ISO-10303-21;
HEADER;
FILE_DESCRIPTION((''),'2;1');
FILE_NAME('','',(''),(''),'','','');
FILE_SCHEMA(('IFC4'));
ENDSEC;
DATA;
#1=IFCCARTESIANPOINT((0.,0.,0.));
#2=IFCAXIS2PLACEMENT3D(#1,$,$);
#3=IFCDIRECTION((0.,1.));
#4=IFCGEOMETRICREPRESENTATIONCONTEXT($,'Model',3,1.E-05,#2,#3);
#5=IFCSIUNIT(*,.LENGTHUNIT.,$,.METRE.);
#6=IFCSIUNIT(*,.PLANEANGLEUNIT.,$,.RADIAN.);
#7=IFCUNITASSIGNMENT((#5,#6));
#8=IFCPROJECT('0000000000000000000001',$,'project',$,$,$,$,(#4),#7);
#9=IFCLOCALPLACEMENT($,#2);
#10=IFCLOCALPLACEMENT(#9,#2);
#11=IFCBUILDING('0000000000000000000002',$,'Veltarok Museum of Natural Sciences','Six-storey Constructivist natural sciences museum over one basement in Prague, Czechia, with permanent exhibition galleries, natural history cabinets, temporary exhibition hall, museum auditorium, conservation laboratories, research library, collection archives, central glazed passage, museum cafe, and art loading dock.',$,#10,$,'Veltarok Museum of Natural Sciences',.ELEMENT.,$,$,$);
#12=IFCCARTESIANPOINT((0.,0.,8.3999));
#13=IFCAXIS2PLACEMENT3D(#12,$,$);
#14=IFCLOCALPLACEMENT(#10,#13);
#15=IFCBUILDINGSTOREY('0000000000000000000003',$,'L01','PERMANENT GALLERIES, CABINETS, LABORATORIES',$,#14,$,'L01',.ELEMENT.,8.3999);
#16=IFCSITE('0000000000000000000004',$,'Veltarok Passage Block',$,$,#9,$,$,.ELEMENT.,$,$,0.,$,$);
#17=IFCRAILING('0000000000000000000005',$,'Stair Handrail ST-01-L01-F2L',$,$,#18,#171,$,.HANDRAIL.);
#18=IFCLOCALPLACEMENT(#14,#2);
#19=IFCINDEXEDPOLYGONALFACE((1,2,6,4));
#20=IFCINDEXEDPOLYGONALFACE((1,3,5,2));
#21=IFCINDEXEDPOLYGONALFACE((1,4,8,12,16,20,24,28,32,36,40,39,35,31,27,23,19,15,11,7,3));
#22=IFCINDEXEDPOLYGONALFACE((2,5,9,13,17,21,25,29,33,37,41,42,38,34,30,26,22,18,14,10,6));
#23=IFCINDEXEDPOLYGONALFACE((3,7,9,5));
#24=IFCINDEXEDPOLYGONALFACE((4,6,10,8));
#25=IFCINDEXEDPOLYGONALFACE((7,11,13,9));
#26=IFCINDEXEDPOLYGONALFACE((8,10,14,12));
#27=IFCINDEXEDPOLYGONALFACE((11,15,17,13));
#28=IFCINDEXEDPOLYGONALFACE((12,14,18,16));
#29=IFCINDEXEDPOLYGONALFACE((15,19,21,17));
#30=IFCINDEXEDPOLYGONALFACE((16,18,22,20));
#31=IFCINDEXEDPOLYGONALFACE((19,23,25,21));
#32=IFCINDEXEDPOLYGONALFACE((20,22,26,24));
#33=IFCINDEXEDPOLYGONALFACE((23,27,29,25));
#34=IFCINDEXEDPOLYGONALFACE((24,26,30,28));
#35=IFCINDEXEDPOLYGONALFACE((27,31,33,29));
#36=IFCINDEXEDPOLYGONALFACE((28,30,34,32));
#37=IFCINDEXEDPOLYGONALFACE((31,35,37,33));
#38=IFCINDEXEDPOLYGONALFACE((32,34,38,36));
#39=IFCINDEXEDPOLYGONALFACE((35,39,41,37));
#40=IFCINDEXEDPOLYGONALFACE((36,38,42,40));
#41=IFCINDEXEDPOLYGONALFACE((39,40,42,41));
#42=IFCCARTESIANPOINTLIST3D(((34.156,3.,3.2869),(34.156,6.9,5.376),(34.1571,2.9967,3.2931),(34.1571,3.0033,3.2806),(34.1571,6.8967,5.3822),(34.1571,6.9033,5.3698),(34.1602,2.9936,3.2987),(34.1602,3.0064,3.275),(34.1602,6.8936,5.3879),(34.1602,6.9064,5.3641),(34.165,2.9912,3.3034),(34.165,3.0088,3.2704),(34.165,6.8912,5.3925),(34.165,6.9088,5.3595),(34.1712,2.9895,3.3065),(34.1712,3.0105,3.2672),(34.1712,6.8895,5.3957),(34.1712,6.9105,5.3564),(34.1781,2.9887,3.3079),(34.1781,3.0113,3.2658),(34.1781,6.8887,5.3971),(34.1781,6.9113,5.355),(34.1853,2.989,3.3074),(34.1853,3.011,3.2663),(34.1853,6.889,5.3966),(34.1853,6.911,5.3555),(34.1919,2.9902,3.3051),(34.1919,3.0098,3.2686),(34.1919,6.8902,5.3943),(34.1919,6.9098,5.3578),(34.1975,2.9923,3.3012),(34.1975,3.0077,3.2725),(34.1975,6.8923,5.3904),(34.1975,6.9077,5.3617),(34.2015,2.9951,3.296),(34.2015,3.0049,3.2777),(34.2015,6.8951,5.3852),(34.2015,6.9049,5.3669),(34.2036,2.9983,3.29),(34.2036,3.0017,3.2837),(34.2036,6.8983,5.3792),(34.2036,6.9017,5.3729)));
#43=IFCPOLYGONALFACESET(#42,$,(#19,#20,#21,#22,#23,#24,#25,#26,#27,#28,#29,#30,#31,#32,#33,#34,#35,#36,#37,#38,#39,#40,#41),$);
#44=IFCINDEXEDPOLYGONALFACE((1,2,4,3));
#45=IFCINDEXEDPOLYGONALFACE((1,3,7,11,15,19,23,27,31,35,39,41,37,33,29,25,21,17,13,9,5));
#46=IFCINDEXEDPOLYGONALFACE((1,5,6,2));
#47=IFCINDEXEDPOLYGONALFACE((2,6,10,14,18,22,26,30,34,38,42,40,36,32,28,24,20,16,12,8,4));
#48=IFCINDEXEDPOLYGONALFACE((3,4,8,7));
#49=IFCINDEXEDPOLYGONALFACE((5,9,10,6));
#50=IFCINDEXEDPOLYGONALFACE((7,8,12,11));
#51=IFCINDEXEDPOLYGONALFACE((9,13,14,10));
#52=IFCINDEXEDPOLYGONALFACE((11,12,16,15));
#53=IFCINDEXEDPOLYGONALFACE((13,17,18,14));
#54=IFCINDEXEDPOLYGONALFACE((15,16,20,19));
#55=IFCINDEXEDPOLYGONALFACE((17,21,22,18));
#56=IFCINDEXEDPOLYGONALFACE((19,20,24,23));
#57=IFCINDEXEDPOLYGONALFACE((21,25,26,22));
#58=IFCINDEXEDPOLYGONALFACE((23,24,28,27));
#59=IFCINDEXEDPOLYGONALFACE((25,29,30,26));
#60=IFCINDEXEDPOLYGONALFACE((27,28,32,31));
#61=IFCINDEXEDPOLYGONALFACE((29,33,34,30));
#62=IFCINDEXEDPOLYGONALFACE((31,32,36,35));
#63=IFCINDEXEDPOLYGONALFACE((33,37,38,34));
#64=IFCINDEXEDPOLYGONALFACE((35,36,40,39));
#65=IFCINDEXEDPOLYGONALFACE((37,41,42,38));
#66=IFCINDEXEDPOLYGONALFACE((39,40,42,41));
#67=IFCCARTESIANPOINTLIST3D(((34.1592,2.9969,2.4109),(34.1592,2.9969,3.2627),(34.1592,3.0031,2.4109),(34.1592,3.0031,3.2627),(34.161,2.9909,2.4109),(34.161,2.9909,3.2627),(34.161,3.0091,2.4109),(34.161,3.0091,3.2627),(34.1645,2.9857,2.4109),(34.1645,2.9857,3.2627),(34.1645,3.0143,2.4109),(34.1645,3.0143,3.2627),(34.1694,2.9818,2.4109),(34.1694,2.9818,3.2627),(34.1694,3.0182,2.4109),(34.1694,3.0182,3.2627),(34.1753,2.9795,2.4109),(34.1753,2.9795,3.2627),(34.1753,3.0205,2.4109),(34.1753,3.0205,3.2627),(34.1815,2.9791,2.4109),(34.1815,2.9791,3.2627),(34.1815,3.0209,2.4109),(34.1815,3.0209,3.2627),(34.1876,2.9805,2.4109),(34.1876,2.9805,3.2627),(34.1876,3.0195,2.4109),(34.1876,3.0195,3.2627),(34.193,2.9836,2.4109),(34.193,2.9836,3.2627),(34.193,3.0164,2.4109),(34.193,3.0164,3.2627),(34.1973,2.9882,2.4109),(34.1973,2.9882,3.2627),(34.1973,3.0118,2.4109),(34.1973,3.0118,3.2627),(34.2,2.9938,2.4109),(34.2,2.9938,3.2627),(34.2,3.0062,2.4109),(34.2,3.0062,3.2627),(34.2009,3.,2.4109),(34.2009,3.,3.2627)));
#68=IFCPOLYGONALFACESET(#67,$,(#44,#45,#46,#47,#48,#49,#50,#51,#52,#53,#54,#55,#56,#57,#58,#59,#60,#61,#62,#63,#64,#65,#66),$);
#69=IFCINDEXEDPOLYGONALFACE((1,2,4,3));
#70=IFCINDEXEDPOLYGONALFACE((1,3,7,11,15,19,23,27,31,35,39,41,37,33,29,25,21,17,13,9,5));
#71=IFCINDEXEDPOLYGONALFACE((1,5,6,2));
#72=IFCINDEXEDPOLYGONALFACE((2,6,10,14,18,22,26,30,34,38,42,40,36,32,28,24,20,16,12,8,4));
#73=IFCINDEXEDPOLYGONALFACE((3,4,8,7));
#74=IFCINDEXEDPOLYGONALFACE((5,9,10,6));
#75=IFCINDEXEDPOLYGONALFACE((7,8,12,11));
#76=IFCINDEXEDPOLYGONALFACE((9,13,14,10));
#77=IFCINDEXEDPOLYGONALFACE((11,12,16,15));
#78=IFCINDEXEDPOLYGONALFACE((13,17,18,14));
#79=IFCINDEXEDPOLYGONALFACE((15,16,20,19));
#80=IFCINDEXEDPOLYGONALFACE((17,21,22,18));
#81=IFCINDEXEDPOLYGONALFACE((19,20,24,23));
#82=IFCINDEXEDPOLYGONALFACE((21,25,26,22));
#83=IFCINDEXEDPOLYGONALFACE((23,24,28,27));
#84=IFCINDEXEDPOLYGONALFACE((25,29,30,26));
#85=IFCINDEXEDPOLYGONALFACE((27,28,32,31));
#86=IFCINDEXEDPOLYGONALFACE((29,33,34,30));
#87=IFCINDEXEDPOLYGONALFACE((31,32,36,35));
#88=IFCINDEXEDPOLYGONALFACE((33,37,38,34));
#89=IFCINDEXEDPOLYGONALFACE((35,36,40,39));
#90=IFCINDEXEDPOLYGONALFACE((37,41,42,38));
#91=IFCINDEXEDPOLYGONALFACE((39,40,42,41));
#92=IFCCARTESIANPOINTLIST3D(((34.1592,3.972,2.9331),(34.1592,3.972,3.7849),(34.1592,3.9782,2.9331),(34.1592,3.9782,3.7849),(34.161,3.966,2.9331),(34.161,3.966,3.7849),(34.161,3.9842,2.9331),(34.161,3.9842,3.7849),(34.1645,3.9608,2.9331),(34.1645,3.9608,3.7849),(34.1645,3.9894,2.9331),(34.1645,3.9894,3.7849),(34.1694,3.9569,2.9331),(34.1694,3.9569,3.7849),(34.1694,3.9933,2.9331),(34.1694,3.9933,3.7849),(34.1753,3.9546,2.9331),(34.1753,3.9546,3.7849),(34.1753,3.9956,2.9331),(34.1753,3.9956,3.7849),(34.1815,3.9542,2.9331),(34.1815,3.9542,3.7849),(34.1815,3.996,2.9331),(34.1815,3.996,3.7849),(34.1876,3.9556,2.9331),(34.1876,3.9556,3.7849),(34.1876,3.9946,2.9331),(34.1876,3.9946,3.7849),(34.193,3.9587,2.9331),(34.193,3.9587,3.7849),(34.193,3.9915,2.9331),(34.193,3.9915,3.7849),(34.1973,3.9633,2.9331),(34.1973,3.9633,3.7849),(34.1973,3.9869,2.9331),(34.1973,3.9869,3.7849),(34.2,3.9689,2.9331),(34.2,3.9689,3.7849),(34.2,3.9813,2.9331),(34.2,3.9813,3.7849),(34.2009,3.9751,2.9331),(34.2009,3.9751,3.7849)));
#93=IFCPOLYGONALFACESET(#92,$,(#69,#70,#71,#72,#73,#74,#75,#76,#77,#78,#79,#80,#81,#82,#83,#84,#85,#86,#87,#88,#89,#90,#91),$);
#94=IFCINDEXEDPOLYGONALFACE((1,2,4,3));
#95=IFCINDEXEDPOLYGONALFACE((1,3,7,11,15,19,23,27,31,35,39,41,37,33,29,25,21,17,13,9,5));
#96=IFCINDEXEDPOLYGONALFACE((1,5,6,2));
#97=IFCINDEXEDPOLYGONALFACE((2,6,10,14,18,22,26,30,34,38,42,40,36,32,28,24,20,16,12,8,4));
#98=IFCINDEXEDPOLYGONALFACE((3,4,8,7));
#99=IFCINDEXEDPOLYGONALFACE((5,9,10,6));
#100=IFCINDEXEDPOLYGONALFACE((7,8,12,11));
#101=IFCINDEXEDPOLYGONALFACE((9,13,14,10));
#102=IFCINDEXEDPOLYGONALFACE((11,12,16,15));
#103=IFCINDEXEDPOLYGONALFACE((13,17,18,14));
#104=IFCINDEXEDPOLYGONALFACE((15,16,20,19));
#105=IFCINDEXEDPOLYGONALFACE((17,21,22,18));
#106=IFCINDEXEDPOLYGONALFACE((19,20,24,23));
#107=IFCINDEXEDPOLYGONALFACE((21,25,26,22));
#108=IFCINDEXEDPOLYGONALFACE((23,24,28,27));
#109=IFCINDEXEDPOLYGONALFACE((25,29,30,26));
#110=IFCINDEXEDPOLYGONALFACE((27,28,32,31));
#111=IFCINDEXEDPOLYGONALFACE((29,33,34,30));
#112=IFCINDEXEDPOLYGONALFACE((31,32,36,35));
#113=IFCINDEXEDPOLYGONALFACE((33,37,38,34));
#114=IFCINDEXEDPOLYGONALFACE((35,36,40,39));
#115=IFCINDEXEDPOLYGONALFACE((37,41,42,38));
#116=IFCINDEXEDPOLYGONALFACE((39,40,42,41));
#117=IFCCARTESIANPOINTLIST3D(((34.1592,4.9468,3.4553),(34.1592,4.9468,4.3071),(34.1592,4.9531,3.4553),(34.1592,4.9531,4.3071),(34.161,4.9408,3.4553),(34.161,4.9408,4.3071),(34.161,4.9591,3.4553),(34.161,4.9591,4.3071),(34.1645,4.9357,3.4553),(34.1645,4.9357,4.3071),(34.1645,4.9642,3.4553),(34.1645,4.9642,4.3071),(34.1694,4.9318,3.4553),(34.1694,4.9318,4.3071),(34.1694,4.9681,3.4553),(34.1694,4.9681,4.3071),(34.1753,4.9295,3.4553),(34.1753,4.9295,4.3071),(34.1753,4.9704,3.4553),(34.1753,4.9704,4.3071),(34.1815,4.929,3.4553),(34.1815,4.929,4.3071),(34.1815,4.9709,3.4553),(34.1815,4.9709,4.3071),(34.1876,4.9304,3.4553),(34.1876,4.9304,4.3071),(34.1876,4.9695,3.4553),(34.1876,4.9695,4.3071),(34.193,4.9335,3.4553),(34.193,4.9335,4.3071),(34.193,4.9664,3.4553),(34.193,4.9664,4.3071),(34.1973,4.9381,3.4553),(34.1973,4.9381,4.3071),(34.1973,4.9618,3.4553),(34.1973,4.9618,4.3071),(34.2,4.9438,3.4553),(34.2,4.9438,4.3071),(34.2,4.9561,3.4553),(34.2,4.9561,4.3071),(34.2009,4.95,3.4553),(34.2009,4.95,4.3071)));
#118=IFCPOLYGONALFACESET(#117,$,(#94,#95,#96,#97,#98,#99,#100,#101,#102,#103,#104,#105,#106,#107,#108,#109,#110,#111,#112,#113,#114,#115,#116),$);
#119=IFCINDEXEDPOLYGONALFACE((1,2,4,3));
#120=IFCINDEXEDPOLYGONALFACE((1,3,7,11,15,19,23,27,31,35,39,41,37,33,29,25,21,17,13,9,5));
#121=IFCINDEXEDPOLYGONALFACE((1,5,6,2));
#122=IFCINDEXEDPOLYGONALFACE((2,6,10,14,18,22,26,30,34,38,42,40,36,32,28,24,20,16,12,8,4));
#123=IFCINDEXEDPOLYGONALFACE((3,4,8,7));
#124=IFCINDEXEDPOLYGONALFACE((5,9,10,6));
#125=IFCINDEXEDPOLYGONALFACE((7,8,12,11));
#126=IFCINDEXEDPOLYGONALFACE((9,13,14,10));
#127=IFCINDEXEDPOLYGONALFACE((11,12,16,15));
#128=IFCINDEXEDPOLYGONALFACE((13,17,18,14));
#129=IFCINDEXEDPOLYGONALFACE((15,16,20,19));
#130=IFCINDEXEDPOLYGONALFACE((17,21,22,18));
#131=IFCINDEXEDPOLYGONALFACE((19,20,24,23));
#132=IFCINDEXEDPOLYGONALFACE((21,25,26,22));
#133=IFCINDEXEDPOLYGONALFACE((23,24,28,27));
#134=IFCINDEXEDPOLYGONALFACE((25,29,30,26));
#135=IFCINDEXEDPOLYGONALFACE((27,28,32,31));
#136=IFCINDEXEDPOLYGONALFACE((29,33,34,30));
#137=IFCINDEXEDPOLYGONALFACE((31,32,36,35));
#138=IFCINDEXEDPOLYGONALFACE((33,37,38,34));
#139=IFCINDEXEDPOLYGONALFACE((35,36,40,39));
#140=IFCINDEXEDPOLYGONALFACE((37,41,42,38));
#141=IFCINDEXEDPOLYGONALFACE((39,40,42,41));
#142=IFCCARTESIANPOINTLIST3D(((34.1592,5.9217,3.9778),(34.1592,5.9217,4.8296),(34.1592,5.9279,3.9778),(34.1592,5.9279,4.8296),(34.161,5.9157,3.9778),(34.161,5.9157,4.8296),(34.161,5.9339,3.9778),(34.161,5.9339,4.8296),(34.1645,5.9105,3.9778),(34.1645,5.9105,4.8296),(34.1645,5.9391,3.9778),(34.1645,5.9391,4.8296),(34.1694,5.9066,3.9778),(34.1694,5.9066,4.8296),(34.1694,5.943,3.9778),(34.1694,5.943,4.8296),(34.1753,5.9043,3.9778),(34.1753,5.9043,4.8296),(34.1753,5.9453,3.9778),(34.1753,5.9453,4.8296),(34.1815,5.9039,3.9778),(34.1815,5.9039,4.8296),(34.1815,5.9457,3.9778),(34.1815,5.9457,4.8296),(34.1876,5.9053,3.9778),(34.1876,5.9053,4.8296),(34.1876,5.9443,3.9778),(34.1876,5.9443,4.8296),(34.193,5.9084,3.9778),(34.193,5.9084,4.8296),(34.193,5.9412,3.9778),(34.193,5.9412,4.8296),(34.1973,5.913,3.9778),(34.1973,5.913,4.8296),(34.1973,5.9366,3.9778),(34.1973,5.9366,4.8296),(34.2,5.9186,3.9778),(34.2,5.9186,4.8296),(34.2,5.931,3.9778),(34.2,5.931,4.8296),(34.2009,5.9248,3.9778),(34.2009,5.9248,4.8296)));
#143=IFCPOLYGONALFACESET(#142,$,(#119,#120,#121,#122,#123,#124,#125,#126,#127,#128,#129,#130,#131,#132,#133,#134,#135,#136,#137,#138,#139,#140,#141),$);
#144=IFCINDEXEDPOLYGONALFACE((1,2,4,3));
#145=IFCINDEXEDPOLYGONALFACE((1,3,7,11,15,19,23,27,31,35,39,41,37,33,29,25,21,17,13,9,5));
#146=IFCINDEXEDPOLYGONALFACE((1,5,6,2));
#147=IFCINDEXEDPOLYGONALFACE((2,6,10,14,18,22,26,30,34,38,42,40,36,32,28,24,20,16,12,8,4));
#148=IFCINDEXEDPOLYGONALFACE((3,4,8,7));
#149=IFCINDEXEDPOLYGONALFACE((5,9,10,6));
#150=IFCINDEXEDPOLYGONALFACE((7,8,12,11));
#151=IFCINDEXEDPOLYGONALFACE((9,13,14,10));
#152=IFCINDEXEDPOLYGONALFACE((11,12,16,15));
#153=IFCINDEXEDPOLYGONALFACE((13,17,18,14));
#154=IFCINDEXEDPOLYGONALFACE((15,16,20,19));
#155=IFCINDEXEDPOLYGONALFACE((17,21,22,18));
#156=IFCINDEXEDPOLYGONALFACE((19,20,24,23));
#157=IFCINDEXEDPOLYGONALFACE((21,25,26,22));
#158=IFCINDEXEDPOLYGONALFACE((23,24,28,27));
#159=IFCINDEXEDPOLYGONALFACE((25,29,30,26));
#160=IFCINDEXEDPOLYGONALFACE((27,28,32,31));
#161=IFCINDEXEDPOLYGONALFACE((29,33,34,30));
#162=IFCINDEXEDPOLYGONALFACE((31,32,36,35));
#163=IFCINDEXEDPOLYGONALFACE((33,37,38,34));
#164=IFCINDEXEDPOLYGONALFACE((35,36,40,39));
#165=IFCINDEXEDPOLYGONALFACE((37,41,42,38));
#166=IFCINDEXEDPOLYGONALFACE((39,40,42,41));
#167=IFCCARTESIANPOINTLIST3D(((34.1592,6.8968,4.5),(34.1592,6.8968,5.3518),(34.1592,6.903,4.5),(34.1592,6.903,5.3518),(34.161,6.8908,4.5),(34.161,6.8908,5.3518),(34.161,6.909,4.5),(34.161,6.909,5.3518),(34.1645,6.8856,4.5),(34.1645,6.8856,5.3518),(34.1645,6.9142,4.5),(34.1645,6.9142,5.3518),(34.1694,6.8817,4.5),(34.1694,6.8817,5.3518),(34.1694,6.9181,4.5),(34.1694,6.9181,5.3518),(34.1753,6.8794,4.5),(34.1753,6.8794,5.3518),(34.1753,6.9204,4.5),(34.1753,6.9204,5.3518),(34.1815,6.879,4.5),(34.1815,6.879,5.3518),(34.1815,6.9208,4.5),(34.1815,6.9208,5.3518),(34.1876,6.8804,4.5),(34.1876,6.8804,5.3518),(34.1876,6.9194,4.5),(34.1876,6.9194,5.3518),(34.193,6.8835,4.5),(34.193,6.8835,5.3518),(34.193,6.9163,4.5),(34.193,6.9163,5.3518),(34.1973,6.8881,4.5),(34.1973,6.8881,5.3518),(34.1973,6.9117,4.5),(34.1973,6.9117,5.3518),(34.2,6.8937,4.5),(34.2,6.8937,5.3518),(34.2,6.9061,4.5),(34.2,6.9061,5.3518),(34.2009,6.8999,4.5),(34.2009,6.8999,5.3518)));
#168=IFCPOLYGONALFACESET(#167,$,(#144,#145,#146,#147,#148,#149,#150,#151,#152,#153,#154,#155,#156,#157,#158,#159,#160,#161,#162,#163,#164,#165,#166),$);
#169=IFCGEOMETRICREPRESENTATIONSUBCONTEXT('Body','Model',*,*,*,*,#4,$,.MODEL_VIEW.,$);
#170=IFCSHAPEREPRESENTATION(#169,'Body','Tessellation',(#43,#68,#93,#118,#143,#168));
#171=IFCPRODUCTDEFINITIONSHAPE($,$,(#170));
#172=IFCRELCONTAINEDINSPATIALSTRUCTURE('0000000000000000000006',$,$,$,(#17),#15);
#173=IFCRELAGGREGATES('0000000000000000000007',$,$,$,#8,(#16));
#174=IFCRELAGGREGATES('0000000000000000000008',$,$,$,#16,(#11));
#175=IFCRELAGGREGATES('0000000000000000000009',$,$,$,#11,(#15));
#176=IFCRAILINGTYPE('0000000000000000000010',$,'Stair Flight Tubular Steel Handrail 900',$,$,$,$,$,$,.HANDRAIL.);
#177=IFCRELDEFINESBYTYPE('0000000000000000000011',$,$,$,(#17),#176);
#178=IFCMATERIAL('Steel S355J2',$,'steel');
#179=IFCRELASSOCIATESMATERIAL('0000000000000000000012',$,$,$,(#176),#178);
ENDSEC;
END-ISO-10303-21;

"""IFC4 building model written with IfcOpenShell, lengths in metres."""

from ifc_helpers import new_model, si_unit, direction, frame, origin, origin_2d, place, context, subcontext, project, spatial, circle, extrude, material, type_object, element, save


model = new_model("IFC4")

# Units and contexts
model_context = context("Model", 3, precision=1e-05, world=origin(), true_north=direction((0.0, 1.0)))
body_context = subcontext(model_context, "Body", "Model", "MODEL_VIEW")
ifc_project = project(units=[si_unit("LENGTHUNIT", "METRE"), si_unit("PLANEANGLEUNIT", "RADIAN")], contexts=[model_context])

# Site, building, storey
site_placement = place(None, origin())
site = spatial("IfcSite", under=ifc_project, at=site_placement, Name="Veltarok Passage Block", CompositionType="ELEMENT", RefElevation=0.0)
building_placement = place(site_placement, origin())
building = spatial("IfcBuilding", under=site, at=building_placement, Name="Veltarok Museum of Natural Sciences", Description="Six-storey Constructivist natural sciences museum over one basement in Prague, Czechia, with permanent exhibition galleries, natural history cabinets, temporary exhibition hall, museum auditorium, conservation laboratories, research library, collection archives, central glazed passage, museum cafe, and art loading dock.", LongName="Veltarok Museum of Natural Sciences", CompositionType="ELEMENT")
storey_placement = place(building_placement, frame((0.0, 0.0, 8.3999)))
storey = spatial("IfcBuildingStorey", under=building, at=storey_placement, Name="L01", Description="PERMANENT GALLERIES, CABINETS, LABORATORIES", LongName="L01", CompositionType="ELEMENT", Elevation=8.3999)

# Shared definitions
ifc_material_1 = material(Name="Steel S355J2", Category="steel")

# Railing
railing_type_1 = type_object("IfcRailingType", Name="Stair Flight Tubular Steel Handrail 900", PredefinedType="HANDRAIL", material=ifc_material_1)
for number, where, name in (
    (1, (34.1799, 3.0, 2.4109), "Stair Handrail ST-01-L01-F2L"),
):
    element("IfcRailing", number, at=place(storey_placement, frame(where)), inside=storey, type_object=railing_type_1, Name=name, PredefinedType="HANDRAIL", context=body_context, shape_type="SweptSolid", body=[
        extrude(circle(Radius=0.0239, at=origin_2d()), frame((0.0, 0.0, 0.876), z_axis=(0.0, 0.881491, 0.4722), x_axis=(-1.0, 0.0, 0.0)), (0.0, 0.0, 1.0), 4.4243),
        extrude(circle(Radius=0.021, at=origin_2d()), origin(), (0.0, 0.0, 1.0), 0.8518),
        extrude(circle(Radius=0.021, at=origin_2d()), frame((0.0, 0.9751, 0.5222)), (0.0, 0.0, 1.0), 0.8518),
        extrude(circle(Radius=0.021, at=origin_2d()), frame((0.0, 1.95, 1.0444)), (0.0, 0.0, 1.0), 0.8518),
        extrude(circle(Radius=0.021, at=origin_2d()), frame((0.0, 2.9248, 1.5669)), (0.0, 0.0, 1.0), 0.8518),
        extrude(circle(Radius=0.021, at=origin_2d()), frame((0.0, 3.8999, 2.0891)), (0.0, 0.0, 1.0), 0.8518),
    ])

save(model, "model.ifc")
